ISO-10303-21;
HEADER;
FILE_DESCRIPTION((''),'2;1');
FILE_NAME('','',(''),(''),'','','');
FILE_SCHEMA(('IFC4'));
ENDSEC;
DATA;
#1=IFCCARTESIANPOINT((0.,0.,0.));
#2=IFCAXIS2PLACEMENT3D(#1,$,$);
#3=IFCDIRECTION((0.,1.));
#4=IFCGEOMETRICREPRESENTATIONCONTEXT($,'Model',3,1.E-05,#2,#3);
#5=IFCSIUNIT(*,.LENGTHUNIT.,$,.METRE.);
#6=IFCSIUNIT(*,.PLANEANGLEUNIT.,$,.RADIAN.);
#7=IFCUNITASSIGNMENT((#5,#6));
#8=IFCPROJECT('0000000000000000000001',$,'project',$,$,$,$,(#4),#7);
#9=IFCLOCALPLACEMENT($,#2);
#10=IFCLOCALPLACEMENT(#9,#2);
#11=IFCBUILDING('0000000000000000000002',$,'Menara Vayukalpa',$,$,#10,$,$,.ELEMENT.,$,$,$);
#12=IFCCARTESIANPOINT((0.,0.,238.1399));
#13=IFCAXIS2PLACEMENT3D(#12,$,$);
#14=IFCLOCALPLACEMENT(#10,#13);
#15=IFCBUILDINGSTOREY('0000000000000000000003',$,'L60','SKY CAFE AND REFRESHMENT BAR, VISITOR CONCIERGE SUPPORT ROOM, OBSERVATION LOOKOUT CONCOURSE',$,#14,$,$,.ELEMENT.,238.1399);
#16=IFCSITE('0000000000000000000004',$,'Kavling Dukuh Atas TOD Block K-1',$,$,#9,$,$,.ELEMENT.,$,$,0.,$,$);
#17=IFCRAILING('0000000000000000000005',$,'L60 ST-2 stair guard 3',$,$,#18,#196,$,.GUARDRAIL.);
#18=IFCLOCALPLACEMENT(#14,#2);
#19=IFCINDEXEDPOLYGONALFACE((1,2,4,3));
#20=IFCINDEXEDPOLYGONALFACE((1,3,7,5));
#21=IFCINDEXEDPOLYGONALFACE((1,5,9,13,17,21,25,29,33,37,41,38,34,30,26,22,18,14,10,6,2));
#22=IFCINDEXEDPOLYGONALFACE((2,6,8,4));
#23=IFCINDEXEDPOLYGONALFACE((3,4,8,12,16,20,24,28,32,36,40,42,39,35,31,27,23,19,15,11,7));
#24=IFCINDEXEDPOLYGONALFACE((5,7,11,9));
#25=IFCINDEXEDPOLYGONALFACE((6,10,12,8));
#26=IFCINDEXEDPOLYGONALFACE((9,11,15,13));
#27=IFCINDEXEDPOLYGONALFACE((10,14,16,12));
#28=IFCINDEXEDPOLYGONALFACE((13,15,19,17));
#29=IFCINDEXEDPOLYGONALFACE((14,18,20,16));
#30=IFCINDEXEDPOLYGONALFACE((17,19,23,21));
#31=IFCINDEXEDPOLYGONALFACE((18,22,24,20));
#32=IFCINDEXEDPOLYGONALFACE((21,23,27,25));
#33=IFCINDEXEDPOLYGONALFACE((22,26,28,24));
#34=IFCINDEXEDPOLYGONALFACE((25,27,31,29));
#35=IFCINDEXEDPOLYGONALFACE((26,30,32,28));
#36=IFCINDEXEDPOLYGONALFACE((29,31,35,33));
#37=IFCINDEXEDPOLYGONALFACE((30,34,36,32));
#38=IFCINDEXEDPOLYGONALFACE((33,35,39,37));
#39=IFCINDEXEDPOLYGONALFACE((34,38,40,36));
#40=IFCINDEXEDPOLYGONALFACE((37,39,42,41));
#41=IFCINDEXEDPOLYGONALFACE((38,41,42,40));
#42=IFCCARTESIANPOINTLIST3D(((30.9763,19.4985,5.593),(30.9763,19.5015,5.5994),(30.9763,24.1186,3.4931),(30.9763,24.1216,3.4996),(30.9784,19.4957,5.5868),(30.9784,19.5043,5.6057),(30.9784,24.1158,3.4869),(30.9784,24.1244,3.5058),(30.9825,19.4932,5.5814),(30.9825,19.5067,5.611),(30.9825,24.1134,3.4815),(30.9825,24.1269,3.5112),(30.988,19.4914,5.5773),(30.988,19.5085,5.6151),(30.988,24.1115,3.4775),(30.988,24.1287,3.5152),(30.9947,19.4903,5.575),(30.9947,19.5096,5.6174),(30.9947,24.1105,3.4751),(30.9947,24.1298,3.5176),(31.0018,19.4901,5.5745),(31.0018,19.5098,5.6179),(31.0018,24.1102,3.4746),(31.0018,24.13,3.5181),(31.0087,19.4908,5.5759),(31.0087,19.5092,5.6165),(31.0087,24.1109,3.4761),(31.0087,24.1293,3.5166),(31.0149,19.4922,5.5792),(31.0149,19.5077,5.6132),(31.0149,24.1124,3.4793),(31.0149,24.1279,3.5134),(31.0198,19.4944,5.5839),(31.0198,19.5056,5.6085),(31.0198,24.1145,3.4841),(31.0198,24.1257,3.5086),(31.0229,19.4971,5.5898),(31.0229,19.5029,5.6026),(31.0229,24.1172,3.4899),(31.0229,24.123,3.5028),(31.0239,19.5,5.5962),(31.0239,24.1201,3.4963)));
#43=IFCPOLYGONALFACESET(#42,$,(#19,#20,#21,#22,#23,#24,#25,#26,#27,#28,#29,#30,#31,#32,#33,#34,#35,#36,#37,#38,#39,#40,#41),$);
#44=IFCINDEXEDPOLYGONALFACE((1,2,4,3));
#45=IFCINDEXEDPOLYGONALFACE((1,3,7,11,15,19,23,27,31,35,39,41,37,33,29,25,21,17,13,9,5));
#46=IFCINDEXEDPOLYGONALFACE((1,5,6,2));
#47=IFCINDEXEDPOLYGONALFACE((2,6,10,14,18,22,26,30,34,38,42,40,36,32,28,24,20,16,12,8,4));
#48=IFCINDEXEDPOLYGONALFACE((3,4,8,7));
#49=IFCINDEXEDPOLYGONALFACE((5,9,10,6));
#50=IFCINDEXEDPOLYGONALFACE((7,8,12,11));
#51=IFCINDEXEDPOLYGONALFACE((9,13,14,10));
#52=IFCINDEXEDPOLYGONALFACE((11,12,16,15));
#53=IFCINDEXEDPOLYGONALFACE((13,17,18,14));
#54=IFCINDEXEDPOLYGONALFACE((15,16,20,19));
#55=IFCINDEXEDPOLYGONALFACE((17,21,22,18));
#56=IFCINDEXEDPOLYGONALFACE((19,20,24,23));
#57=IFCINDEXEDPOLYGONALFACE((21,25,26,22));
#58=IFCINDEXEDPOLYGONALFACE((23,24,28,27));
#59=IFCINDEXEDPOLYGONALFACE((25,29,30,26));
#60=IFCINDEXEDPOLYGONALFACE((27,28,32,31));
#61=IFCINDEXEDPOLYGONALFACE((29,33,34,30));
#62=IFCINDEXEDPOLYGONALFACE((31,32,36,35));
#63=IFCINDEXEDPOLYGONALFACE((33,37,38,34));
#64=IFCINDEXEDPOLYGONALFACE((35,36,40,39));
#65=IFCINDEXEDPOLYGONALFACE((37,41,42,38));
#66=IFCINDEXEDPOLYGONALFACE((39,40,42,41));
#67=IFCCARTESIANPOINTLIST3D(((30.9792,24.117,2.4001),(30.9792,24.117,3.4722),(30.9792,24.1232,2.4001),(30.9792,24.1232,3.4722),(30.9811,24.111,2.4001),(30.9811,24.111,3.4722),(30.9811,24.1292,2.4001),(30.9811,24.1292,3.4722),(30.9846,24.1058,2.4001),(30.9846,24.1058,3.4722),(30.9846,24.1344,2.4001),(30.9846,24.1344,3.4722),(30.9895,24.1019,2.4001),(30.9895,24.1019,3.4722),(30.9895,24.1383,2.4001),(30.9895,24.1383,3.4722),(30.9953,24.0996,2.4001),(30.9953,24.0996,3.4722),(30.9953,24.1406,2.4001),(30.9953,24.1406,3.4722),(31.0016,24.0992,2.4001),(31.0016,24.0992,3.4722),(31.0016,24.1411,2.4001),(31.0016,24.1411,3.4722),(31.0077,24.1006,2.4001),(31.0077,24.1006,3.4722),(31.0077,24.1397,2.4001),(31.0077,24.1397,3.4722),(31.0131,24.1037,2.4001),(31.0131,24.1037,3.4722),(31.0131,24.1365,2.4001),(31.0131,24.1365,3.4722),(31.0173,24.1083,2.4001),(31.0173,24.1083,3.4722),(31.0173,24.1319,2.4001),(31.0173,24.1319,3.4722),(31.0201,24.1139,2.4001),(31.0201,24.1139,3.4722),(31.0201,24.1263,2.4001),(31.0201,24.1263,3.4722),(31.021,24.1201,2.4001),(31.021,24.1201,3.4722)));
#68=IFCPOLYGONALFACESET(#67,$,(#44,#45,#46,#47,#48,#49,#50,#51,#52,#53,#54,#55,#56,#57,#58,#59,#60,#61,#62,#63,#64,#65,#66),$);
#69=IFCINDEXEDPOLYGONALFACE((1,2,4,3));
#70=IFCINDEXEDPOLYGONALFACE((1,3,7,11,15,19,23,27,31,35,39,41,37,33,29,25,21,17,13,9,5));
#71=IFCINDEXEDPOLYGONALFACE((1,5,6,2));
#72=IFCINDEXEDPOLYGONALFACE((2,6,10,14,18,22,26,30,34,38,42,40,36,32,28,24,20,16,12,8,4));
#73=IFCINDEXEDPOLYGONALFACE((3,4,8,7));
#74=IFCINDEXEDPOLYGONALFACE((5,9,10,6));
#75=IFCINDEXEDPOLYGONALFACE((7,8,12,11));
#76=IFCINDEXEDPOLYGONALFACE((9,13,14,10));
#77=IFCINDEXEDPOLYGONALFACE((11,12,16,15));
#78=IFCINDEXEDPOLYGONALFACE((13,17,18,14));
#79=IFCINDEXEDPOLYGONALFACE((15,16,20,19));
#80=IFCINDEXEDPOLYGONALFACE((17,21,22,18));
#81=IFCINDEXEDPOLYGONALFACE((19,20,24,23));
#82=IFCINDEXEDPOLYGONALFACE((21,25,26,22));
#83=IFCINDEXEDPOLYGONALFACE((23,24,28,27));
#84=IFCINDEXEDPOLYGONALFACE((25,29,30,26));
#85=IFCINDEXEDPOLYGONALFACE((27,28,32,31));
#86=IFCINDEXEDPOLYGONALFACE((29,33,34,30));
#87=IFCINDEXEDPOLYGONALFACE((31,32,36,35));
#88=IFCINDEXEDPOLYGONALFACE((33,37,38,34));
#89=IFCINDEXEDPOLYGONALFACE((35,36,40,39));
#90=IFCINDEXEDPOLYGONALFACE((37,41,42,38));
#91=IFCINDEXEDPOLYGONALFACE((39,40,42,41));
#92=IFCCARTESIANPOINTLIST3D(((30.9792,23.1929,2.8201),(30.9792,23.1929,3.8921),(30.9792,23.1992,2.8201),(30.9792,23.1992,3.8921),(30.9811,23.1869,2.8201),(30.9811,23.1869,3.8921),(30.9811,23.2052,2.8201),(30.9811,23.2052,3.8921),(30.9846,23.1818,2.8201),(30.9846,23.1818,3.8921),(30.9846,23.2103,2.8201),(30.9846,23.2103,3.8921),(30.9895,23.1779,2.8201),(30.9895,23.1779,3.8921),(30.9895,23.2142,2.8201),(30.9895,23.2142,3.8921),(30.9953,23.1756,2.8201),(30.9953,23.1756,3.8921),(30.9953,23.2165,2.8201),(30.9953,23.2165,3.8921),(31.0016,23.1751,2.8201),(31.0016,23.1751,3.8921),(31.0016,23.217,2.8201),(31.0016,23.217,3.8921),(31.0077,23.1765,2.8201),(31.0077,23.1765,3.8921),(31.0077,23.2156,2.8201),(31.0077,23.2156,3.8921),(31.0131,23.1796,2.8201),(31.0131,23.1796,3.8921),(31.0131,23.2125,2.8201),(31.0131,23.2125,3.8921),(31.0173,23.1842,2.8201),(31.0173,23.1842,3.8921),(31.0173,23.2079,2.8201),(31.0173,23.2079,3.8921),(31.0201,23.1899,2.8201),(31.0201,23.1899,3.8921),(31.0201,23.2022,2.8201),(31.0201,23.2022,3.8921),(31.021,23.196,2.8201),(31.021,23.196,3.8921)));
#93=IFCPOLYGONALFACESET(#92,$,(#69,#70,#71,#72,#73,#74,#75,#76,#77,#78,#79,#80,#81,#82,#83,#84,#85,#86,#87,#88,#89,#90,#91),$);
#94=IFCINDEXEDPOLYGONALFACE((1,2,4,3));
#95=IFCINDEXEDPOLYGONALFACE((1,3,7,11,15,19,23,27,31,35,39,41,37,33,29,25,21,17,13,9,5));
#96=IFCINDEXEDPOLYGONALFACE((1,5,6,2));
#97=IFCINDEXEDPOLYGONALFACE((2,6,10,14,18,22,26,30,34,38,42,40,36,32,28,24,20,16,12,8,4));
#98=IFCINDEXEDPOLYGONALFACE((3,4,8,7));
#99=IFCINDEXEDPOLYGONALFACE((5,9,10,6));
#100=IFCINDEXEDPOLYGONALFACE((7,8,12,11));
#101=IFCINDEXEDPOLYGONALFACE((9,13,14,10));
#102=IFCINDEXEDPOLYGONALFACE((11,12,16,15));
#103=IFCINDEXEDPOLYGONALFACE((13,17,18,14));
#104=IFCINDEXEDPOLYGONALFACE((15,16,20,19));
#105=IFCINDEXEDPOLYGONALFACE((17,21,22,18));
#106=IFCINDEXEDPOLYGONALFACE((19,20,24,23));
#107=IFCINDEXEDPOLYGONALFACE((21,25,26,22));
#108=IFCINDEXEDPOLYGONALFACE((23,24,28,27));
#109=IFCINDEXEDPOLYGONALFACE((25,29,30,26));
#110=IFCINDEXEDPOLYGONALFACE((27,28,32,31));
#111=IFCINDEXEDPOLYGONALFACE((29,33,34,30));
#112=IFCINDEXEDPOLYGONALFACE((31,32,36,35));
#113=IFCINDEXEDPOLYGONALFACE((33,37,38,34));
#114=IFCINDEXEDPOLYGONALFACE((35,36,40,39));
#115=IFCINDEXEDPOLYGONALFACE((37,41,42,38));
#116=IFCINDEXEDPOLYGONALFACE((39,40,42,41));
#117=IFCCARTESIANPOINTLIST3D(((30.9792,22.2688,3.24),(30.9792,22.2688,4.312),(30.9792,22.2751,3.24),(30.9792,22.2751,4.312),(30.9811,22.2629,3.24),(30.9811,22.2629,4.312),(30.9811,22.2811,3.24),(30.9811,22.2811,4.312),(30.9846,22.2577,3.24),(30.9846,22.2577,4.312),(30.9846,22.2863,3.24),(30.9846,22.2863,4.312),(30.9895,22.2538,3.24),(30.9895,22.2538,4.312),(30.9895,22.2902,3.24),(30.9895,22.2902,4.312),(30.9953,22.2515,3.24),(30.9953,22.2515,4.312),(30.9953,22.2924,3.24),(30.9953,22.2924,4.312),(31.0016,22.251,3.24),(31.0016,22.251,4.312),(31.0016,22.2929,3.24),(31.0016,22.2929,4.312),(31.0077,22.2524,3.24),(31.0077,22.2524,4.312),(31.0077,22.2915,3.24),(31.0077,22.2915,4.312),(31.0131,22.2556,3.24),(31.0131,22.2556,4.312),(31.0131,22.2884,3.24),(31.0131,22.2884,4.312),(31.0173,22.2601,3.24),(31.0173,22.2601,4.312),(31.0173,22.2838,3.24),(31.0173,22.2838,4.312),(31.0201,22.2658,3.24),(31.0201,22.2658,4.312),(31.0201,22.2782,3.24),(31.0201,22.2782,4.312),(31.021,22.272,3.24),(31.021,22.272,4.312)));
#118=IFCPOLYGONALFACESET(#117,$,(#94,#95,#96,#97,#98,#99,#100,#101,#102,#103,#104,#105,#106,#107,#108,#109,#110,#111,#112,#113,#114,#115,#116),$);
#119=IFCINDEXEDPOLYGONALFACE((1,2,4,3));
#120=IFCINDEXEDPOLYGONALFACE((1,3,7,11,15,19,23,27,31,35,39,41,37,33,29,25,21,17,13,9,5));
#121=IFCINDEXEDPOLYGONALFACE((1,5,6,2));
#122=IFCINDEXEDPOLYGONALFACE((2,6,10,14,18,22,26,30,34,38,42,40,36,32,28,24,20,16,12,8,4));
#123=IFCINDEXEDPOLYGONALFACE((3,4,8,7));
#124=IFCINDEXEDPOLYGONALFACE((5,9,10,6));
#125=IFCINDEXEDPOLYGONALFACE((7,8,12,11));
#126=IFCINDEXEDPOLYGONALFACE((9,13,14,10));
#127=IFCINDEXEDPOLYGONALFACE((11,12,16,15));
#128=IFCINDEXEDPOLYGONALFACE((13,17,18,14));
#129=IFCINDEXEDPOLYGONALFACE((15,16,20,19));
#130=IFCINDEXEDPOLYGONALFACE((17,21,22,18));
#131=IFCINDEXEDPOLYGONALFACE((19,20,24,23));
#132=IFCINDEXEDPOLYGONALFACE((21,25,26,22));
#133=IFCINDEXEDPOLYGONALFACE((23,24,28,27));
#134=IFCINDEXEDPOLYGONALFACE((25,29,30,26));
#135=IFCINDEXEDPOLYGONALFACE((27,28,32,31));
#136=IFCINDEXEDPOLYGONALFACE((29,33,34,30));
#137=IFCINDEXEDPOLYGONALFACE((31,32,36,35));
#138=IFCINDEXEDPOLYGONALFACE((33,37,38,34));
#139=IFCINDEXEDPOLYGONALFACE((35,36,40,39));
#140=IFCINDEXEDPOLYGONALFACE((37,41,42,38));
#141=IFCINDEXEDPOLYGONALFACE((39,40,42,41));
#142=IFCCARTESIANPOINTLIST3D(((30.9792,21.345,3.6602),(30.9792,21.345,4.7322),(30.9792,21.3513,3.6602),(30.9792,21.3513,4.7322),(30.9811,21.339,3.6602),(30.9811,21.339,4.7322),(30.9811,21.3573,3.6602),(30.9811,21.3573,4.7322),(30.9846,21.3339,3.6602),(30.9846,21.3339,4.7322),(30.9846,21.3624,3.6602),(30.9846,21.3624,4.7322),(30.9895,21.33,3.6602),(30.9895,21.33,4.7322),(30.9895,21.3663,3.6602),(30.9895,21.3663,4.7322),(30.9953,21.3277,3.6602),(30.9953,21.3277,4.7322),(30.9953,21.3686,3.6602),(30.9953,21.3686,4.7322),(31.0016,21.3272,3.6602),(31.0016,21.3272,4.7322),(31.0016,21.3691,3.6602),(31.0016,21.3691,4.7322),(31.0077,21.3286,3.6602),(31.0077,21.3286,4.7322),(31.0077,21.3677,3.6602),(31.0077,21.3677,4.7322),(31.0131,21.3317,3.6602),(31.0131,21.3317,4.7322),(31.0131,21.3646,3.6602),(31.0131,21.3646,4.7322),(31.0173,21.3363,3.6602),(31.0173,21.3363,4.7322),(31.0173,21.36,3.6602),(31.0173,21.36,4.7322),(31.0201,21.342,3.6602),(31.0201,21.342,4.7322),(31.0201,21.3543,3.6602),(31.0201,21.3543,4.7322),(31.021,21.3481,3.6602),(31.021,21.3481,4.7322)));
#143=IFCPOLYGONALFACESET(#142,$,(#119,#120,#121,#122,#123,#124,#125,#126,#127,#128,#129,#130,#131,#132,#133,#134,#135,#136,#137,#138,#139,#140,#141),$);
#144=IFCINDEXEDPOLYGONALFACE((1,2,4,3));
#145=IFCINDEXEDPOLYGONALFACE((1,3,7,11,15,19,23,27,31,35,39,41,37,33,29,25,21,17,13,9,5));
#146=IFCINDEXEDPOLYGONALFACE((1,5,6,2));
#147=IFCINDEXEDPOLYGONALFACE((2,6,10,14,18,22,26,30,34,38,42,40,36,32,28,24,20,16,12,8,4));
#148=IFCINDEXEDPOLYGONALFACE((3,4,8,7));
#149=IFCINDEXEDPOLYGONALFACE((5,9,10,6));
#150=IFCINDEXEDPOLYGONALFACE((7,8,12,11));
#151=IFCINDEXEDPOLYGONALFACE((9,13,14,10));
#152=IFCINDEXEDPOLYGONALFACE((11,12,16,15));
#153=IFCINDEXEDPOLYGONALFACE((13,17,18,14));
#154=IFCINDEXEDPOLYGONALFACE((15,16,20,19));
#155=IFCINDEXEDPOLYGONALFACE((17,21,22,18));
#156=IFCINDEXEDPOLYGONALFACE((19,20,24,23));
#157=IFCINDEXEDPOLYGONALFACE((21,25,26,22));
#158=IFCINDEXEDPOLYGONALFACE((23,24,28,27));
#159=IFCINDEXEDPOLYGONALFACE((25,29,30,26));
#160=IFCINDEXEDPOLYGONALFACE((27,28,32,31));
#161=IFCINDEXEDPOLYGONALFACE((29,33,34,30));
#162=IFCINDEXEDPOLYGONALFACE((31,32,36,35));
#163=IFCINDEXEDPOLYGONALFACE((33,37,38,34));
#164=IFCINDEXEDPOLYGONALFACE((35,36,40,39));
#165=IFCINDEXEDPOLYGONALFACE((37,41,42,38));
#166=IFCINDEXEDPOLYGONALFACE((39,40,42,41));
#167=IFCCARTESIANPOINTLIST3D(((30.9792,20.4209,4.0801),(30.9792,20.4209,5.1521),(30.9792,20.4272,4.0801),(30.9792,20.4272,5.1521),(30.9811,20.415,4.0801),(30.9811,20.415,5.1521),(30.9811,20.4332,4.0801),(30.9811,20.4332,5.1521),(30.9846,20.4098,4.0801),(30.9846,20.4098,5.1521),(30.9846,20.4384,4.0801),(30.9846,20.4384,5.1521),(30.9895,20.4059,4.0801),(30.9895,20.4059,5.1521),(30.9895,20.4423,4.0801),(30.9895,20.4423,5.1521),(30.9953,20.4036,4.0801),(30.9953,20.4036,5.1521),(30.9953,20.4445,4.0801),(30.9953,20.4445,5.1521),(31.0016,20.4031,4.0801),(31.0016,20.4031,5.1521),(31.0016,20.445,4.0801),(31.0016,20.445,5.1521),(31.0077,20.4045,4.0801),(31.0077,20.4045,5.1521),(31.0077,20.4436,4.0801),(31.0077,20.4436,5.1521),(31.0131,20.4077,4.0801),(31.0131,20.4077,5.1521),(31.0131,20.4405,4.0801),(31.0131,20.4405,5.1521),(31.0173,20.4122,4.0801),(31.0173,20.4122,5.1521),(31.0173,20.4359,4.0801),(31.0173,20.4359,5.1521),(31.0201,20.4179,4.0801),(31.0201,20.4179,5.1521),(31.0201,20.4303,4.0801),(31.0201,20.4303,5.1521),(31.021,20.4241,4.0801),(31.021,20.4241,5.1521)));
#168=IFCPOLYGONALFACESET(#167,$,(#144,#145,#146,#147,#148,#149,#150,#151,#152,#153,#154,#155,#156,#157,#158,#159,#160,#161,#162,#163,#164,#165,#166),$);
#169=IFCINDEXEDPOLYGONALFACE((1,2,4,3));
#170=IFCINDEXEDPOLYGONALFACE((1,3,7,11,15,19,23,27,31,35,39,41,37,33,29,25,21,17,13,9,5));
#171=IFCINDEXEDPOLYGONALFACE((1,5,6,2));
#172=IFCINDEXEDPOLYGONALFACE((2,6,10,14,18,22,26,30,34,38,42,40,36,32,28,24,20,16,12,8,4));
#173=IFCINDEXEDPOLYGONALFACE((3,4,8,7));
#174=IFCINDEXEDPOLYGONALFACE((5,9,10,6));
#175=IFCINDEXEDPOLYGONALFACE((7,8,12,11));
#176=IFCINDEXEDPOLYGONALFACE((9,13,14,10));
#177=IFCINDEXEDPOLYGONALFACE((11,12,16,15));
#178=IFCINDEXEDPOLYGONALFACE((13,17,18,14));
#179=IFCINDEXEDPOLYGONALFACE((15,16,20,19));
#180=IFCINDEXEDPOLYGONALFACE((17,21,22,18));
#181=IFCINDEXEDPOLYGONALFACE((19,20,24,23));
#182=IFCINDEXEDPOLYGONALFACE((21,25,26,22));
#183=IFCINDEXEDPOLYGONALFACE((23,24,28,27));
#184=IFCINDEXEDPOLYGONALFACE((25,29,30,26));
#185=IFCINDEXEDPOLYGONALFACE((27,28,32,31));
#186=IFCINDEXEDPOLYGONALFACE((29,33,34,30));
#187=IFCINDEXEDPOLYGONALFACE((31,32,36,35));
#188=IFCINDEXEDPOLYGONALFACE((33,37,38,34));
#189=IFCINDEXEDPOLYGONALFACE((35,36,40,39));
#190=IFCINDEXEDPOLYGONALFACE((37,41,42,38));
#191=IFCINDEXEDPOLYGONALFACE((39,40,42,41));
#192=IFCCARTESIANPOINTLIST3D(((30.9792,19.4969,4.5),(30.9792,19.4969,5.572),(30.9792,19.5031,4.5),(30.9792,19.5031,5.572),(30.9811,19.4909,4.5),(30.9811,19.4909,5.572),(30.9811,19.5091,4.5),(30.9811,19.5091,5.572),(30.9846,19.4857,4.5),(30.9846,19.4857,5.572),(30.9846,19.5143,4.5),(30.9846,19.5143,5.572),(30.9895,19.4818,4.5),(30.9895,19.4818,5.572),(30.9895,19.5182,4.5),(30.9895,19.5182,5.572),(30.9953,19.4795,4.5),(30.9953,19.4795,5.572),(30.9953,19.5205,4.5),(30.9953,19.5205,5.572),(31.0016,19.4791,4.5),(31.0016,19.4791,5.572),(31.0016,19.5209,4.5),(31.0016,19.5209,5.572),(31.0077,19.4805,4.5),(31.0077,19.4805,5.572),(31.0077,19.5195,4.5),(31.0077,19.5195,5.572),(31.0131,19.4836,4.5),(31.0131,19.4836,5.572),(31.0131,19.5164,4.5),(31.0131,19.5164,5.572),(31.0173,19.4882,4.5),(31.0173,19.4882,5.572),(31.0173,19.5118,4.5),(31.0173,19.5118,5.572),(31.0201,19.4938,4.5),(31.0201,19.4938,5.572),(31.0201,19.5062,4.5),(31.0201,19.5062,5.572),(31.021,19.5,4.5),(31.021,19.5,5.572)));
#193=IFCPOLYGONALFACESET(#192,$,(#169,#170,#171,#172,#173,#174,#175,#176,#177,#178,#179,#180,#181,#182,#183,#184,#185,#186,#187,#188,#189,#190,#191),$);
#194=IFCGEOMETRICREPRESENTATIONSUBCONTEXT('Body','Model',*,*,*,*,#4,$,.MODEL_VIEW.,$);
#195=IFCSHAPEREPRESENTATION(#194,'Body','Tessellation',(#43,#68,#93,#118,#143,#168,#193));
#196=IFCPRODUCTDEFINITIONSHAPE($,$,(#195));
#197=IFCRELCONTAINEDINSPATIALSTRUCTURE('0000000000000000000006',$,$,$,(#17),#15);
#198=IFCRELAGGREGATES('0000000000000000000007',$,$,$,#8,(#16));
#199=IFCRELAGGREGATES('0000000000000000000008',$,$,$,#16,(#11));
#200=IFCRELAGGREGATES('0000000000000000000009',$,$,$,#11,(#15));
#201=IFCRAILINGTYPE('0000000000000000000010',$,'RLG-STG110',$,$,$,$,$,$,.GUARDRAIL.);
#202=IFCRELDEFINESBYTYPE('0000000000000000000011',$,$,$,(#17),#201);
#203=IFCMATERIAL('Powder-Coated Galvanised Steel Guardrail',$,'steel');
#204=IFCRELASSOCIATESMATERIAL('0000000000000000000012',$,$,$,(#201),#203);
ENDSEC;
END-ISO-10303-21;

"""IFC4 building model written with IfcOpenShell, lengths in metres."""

from ifc_helpers import new_model, si_unit, direction, frame, origin, origin_2d, place, context, subcontext, project, spatial, circle, extrude, material, type_object, element, save


model = new_model("IFC4")

# Units and contexts
model_context = context("Model", 3, precision=1e-05, world=origin(), true_north=direction((0.0, 1.0)))
body_context = subcontext(model_context, "Body", "Model", "MODEL_VIEW")
ifc_project = project(units=[si_unit("LENGTHUNIT", "METRE"), si_unit("PLANEANGLEUNIT", "RADIAN")], contexts=[model_context])

# Site, building, storey
site_placement = place(None, origin())
site = spatial("IfcSite", under=ifc_project, at=site_placement, Name="Kavling Dukuh Atas TOD Block K-1", CompositionType="ELEMENT", RefElevation=0.0)
building_placement = place(site_placement, origin())
building = spatial("IfcBuilding", under=site, at=building_placement, Name="Menara Vayukalpa", CompositionType="ELEMENT")
storey_placement = place(building_placement, frame((0.0, 0.0, 238.1399)))
storey = spatial("IfcBuildingStorey", under=building, at=storey_placement, Name="L60", Description="SKY CAFE AND REFRESHMENT BAR, VISITOR CONCIERGE SUPPORT ROOM, OBSERVATION LOOKOUT CONCOURSE", CompositionType="ELEMENT", Elevation=238.1399)

# Railing
ifc_material_1 = material(Name="Powder-Coated Galvanised Steel Guardrail", Category="steel")
railing_type_1 = type_object("IfcRailingType", Name="RLG-STG110", PredefinedType="GUARDRAIL", material=ifc_material_1)
railing_1_placement = place(storey_placement, frame((31.0, 24.1201, 2.4001)))
element("IfcRailing", 1, at=railing_1_placement, inside=storey, type_object=railing_type_1, Name="L60 ST-2 stair guard 3", PredefinedType="GUARDRAIL", context=body_context, shape_type="SweptSolid", body=[
    extrude(circle(Radius=0.0239, at=origin_2d()), frame((0.0, 0.0, 1.0962), z_axis=(0.0, -0.910381, 0.41377), x_axis=(1.0, 0.0, 0.0)), (0.0, 0.0, 1.0), 5.075),
    extrude(circle(Radius=0.021, at=origin_2d()), origin(), (0.0, 0.0, 1.0), 1.072),
    extrude(circle(Radius=0.021, at=origin_2d()), frame((0.0, -0.9241, 0.4199)), (0.0, 0.0, 1.0), 1.072),
    extrude(circle(Radius=0.021, at=origin_2d()), frame((0.0, -1.8481, 0.8398)), (0.0, 0.0, 1.0), 1.072),
    extrude(circle(Radius=0.021, at=origin_2d()), frame((0.0, -2.772, 1.26)), (0.0, 0.0, 1.0), 1.072),
    extrude(circle(Radius=0.021, at=origin_2d()), frame((0.0, -3.696, 1.6799)), (0.0, 0.0, 1.0), 1.072),
    extrude(circle(Radius=0.021, at=origin_2d()), frame((0.0, -4.6201, 2.0999)), (0.0, 0.0, 1.0), 1.072),
])

save(model, "model.ifc")
